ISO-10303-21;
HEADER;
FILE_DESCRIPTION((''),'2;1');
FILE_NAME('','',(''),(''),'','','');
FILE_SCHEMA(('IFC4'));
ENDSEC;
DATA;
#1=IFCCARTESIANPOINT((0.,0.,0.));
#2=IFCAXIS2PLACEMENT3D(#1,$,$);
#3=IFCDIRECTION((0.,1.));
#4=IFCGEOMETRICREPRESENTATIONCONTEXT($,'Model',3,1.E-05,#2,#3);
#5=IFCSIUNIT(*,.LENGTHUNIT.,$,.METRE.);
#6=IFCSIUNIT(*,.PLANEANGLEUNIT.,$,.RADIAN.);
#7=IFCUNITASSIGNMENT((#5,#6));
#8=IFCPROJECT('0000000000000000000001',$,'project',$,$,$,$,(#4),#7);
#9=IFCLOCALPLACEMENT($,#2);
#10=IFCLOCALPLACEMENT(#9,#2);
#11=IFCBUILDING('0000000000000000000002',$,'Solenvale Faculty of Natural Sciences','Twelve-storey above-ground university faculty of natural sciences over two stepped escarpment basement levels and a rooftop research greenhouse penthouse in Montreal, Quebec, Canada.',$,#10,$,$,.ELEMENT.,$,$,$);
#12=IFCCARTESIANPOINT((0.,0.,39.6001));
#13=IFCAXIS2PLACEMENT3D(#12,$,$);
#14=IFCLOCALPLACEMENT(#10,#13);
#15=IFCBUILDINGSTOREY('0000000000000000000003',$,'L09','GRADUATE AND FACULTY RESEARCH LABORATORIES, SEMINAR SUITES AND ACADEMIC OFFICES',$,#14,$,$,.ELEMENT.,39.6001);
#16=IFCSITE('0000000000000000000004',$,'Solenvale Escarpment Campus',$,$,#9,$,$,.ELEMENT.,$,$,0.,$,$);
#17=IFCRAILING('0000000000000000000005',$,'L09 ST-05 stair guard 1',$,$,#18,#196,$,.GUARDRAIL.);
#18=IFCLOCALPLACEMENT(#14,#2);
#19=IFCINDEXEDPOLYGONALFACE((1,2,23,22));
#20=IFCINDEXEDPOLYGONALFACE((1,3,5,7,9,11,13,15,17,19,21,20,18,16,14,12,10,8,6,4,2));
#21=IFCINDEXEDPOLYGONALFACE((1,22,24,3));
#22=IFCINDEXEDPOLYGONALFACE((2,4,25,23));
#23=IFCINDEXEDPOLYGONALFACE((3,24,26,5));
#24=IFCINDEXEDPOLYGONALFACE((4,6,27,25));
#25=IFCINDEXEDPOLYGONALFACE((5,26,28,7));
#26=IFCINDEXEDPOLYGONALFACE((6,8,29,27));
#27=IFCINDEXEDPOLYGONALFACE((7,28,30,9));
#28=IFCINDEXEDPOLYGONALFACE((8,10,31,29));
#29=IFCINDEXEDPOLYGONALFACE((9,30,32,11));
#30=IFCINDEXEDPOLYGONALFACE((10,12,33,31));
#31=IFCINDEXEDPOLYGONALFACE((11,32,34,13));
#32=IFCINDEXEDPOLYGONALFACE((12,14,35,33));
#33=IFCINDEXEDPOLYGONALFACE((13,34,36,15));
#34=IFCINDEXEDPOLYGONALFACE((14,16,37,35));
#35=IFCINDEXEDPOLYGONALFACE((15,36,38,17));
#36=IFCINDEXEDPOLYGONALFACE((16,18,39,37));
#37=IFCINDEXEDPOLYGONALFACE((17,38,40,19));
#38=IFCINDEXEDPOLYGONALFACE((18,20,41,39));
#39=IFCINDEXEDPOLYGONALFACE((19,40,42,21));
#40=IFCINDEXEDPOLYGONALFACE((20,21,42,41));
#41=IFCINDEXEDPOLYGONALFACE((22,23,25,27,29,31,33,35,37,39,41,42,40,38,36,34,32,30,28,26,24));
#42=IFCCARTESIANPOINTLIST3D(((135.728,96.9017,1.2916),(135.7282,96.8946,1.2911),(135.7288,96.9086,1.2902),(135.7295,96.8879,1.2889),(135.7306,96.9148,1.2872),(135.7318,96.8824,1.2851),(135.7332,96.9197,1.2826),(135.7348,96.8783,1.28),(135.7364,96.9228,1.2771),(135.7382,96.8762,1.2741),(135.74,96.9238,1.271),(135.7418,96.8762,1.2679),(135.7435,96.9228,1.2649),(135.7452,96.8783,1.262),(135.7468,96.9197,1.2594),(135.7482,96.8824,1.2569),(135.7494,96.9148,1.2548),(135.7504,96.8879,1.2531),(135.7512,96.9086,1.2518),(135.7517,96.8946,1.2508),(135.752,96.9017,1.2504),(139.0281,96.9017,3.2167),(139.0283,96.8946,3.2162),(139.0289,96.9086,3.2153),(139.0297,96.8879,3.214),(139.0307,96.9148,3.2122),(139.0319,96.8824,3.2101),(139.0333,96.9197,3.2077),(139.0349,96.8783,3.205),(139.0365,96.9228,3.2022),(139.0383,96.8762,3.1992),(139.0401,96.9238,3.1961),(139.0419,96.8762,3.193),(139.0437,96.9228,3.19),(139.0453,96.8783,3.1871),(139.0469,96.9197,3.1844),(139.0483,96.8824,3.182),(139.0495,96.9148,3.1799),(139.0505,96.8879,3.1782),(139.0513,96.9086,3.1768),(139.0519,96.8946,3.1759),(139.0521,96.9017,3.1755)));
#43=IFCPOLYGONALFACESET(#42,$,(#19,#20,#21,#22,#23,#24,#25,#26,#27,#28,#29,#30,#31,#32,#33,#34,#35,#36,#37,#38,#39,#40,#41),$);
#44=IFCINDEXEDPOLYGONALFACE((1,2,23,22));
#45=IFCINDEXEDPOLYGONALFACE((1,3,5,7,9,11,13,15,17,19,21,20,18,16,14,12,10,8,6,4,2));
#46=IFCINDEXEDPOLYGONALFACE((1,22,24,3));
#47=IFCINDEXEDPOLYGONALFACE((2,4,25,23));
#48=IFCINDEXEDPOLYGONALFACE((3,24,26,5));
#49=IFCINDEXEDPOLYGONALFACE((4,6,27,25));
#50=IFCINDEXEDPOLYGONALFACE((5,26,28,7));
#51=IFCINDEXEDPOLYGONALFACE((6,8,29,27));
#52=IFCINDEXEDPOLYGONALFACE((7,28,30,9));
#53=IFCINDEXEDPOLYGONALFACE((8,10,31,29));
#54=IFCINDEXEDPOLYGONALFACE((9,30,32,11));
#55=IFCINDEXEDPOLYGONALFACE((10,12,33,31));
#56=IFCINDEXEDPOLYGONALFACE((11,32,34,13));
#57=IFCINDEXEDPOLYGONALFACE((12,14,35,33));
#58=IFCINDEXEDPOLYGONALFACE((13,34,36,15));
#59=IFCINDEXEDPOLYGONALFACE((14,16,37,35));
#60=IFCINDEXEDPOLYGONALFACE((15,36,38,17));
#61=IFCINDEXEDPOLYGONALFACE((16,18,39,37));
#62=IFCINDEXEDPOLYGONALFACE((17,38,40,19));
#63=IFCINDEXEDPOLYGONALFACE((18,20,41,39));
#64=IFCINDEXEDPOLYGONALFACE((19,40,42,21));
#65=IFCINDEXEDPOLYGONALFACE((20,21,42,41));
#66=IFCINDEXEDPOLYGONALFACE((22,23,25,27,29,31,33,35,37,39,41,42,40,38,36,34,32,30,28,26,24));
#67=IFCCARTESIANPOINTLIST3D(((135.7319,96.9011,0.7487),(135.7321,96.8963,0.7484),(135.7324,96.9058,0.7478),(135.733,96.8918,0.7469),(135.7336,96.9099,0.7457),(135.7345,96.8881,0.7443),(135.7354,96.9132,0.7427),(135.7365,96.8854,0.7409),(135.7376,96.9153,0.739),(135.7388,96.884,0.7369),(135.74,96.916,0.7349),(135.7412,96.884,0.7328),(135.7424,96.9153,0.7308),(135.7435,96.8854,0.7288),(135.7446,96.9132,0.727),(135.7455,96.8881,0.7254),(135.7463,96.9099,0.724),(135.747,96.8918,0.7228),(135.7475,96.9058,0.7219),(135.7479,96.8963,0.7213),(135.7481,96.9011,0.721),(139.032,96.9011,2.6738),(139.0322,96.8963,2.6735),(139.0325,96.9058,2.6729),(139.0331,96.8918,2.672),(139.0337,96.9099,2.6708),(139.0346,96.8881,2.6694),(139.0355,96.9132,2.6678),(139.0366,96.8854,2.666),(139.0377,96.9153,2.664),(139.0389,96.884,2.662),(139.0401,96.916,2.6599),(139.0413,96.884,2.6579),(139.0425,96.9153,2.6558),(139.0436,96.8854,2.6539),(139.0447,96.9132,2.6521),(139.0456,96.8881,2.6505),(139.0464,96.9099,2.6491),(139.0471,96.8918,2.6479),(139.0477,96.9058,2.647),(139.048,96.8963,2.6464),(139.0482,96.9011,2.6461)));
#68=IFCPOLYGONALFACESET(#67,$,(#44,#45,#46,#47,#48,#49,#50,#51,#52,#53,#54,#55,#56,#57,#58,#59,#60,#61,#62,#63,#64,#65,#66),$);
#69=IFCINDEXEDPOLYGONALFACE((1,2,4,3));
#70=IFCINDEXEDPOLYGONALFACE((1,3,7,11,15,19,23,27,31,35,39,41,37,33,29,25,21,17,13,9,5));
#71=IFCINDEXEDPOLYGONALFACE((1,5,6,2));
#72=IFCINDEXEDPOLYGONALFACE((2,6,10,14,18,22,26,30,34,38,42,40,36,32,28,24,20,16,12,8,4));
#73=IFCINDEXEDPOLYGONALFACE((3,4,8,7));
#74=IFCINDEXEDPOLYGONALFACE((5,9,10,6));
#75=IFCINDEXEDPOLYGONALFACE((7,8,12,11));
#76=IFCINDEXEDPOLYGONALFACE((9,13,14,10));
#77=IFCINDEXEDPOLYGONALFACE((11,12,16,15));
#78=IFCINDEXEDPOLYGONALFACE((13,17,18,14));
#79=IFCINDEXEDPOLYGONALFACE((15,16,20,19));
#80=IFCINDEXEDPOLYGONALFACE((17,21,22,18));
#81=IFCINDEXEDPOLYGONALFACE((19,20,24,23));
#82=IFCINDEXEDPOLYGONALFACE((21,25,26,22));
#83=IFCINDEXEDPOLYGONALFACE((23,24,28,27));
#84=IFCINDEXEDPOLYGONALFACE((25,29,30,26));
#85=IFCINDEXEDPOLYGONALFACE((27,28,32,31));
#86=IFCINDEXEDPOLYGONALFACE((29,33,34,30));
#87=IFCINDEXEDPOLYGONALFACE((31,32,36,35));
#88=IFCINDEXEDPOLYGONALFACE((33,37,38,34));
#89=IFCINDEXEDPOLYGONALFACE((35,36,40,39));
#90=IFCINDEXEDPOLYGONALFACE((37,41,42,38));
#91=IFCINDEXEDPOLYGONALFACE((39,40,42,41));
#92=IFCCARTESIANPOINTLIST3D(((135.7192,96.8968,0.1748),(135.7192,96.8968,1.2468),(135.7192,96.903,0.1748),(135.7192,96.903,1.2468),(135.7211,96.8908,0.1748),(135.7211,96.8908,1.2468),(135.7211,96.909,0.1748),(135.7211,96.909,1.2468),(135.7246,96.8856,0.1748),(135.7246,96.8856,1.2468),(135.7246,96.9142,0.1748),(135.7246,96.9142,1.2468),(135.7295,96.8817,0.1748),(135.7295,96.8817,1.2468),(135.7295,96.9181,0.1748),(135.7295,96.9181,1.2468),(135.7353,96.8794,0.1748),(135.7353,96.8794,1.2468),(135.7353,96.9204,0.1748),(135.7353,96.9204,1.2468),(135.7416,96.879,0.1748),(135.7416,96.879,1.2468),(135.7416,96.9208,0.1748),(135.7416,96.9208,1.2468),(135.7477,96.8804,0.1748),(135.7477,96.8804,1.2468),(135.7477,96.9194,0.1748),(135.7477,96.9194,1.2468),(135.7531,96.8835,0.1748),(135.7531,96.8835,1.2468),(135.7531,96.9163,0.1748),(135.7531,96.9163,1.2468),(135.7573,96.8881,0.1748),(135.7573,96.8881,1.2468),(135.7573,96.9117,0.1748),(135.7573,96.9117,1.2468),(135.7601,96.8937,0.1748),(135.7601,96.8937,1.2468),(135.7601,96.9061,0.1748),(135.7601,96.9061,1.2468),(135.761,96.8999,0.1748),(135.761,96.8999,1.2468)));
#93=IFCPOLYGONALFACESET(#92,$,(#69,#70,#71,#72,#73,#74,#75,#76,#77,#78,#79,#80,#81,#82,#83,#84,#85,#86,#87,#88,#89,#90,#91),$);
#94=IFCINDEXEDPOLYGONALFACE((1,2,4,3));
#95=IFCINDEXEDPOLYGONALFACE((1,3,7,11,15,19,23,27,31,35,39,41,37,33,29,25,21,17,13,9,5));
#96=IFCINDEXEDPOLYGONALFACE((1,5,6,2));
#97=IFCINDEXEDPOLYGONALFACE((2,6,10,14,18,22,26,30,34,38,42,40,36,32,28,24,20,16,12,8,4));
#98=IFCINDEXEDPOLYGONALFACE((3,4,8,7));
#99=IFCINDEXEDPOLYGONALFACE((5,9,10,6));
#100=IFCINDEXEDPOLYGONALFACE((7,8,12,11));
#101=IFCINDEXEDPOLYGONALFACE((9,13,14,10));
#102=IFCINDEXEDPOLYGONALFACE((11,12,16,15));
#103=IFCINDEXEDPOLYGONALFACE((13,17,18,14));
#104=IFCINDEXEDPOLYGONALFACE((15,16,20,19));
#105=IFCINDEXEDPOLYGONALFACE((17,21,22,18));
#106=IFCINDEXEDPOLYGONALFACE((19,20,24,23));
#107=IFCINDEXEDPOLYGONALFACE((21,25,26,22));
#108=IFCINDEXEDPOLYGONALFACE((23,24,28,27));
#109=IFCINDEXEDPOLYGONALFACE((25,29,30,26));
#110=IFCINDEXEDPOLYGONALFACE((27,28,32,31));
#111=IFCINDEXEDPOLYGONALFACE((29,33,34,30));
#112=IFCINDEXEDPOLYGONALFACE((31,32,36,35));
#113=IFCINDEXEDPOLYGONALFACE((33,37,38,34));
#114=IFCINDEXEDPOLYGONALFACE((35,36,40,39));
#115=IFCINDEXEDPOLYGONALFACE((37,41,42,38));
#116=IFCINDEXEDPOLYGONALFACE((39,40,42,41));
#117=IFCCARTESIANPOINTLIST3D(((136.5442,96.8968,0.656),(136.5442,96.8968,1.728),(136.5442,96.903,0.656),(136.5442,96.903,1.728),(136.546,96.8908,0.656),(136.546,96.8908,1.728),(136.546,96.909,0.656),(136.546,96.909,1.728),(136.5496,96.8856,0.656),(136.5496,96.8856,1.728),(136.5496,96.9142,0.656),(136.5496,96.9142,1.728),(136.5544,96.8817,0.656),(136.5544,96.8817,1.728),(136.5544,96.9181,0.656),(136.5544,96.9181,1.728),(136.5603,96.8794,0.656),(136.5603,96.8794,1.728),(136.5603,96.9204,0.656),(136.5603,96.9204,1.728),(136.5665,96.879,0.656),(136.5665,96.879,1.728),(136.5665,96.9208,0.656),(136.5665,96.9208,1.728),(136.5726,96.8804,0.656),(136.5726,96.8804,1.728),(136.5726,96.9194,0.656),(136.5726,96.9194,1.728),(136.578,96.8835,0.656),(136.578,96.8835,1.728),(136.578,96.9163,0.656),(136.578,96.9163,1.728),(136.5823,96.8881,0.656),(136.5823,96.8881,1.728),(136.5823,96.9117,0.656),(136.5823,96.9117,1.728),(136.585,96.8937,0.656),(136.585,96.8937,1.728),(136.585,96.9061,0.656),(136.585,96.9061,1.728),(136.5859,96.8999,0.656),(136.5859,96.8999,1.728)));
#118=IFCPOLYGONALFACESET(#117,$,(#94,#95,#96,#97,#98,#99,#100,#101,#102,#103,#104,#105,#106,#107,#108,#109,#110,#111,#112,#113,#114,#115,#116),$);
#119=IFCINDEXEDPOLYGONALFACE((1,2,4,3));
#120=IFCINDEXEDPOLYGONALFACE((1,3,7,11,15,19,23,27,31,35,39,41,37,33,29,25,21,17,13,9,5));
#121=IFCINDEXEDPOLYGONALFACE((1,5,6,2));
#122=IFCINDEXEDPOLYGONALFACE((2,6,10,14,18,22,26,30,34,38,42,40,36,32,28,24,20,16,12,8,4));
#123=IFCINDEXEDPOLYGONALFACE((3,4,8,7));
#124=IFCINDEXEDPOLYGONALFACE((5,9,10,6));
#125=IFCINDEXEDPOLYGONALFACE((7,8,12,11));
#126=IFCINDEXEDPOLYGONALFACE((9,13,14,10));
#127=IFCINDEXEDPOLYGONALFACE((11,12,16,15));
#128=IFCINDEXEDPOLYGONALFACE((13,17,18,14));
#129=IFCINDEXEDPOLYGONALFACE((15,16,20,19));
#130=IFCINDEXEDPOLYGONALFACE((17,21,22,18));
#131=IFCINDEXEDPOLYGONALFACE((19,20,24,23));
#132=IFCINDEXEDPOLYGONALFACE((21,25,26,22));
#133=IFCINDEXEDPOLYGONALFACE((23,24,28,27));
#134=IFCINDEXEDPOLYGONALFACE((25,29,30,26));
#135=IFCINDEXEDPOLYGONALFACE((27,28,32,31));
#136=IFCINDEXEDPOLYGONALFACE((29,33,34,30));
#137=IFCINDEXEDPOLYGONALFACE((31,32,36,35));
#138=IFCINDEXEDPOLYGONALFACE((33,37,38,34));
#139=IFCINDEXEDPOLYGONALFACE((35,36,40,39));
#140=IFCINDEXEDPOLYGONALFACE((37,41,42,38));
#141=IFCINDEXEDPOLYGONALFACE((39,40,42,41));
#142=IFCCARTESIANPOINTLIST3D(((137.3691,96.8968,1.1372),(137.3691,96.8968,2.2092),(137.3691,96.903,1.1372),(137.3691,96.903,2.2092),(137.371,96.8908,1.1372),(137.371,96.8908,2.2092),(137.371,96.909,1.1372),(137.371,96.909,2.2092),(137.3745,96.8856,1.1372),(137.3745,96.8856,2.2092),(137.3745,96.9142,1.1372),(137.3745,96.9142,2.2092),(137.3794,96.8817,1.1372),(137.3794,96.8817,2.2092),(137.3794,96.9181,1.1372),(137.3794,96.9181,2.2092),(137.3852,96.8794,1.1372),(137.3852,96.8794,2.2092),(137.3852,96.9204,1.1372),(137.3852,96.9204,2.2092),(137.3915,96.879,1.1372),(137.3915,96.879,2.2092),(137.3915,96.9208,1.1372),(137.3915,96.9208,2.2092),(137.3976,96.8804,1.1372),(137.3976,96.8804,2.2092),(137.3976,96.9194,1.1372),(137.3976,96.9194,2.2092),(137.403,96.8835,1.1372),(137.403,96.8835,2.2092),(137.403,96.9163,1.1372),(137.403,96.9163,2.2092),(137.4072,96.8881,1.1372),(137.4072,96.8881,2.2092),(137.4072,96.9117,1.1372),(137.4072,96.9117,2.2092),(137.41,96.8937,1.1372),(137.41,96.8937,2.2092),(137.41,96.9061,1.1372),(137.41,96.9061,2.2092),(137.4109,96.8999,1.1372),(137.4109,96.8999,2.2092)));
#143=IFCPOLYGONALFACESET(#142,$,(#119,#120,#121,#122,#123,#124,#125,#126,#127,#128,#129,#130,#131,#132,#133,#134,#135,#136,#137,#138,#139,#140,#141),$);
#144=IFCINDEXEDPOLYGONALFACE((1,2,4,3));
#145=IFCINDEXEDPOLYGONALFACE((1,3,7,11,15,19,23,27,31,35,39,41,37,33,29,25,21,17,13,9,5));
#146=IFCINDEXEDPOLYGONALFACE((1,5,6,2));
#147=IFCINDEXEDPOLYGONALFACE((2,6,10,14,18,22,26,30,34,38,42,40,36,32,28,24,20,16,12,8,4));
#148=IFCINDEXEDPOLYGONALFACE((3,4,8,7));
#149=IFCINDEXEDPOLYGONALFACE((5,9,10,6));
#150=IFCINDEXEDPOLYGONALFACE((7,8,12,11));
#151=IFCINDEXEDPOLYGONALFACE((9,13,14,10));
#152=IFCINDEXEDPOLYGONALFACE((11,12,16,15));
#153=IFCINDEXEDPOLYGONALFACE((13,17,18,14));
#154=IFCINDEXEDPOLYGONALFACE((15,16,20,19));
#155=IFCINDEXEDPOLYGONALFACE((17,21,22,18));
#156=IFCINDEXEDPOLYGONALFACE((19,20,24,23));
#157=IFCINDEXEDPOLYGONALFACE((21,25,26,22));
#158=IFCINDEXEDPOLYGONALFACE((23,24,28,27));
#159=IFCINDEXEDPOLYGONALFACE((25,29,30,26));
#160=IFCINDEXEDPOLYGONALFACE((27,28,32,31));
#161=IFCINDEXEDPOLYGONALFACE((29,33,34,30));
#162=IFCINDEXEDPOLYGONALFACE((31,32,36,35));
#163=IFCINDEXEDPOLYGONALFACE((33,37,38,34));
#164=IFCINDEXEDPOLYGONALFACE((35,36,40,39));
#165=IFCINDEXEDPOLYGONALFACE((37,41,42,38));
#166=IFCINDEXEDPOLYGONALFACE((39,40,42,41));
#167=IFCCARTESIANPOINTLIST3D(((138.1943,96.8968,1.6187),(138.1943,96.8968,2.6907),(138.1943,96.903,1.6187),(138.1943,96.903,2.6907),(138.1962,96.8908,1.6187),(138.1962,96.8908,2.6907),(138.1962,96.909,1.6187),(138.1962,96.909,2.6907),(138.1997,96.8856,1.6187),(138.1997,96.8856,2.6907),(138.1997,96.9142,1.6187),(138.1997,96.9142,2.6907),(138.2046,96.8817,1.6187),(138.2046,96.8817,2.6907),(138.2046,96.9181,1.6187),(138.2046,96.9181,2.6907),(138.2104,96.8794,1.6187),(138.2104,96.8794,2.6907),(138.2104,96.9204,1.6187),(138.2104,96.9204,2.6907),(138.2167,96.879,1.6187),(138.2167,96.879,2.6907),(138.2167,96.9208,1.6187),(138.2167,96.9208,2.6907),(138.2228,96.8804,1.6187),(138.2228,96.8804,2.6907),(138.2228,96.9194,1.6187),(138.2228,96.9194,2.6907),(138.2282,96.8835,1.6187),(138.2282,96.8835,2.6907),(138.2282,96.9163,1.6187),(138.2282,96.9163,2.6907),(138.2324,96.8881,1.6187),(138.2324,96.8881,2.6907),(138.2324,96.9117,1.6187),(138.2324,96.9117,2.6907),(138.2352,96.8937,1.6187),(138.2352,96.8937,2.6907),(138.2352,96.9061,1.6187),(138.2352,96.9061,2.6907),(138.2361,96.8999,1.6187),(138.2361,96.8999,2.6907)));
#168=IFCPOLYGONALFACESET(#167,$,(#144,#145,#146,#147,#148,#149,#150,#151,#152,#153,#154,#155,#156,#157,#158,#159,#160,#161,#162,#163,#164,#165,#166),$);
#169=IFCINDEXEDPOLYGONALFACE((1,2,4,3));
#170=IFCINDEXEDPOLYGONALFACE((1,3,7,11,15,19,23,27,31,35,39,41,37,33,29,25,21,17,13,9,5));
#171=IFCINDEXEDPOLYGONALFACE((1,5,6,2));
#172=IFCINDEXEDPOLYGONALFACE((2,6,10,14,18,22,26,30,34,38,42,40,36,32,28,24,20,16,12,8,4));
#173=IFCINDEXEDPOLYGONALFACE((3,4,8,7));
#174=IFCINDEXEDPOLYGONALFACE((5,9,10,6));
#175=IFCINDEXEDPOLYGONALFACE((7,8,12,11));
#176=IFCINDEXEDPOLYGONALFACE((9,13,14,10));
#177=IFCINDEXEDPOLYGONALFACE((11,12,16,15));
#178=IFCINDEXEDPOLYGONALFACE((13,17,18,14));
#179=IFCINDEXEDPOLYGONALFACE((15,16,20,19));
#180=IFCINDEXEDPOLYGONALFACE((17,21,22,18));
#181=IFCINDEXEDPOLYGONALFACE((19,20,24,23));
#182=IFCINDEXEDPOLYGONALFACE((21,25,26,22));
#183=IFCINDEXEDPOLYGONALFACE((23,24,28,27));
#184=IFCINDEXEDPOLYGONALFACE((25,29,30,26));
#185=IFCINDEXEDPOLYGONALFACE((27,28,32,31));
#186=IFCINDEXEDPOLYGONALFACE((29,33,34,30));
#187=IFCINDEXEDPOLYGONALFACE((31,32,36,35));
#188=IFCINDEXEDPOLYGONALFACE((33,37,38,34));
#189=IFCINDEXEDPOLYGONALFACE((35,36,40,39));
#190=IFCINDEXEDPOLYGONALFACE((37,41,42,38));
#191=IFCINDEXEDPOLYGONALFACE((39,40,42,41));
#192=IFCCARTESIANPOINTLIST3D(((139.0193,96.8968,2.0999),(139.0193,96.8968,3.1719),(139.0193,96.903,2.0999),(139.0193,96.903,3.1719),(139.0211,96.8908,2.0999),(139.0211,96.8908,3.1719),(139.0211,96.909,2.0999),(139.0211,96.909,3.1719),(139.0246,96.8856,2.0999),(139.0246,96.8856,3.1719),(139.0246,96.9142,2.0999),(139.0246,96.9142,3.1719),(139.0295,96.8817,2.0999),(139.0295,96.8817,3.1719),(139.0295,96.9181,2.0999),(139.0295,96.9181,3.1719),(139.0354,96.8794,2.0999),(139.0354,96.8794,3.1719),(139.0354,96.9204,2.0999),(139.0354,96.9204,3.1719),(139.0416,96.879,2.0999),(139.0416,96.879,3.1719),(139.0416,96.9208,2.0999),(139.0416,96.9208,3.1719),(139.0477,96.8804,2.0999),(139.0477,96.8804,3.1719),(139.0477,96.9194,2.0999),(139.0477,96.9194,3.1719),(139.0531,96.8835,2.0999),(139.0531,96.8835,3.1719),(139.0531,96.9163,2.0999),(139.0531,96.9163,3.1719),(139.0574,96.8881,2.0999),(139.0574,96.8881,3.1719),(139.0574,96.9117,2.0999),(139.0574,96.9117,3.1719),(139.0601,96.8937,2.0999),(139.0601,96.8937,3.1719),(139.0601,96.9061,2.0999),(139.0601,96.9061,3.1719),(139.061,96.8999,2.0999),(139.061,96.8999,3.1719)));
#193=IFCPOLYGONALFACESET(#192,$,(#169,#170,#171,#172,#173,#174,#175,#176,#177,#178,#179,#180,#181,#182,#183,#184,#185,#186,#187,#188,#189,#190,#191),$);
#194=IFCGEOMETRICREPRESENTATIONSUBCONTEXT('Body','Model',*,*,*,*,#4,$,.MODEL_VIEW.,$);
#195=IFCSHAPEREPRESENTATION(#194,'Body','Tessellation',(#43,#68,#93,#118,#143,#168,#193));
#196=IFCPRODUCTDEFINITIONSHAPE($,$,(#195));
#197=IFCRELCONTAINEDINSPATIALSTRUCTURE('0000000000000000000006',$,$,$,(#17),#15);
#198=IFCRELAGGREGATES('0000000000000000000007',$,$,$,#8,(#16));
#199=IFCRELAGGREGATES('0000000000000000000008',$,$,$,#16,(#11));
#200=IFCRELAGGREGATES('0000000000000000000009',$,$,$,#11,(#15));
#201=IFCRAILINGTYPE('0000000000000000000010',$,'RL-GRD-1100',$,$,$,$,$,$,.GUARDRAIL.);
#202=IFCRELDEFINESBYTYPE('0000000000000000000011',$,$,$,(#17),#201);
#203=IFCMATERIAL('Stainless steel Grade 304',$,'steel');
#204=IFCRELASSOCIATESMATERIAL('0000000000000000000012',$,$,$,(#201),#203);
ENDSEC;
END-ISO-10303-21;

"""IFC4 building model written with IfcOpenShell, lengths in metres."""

from ifc_helpers import new_model, si_unit, direction, frame, origin, origin_2d, place, context, subcontext, project, spatial, circle, extrude, material, type_object, element, save


model = new_model("IFC4")

# Units and contexts
model_context = context("Model", 3, precision=1e-05, world=origin(), true_north=direction((0.0, 1.0)))
body_context = subcontext(model_context, "Body", "Model", "MODEL_VIEW")
ifc_project = project(units=[si_unit("LENGTHUNIT", "METRE"), si_unit("PLANEANGLEUNIT", "RADIAN")], contexts=[model_context])

# Site, building, storey
site_placement = place(None, origin())
site = spatial("IfcSite", under=ifc_project, at=site_placement, Name="Solenvale Escarpment Campus", CompositionType="ELEMENT", RefElevation=0.0)
building_placement = place(site_placement, origin())
building = spatial("IfcBuilding", under=site, at=building_placement, Name="Solenvale Faculty of Natural Sciences", Description="Twelve-storey above-ground university faculty of natural sciences over two stepped escarpment basement levels and a rooftop research greenhouse penthouse in Montreal, Quebec, Canada.", CompositionType="ELEMENT")
storey_placement = place(building_placement, frame((0.0, 0.0, 39.6001)))
storey = spatial("IfcBuildingStorey", under=building, at=storey_placement, Name="L09", Description="GRADUATE AND FACULTY RESEARCH LABORATORIES, SEMINAR SUITES AND ACADEMIC OFFICES", CompositionType="ELEMENT", Elevation=39.6001)

# Railing
ifc_material_1 = material(Name="Stainless steel Grade 304", Category="steel")
railing_type_1 = type_object("IfcRailingType", Name="RL-GRD-1100", PredefinedType="GUARDRAIL", material=ifc_material_1)
railing_1_placement = place(storey_placement, frame((135.74, 96.8999, 0.1748)))
element("IfcRailing", 1, at=railing_1_placement, inside=storey, type_object=railing_type_1, Name="L09 ST-05 stair guard 1", PredefinedType="GUARDRAIL", context=body_context, shape_type="SweptSolid", body=[
    extrude(circle(Radius=0.0239, at=origin_2d()), frame((0.0, 0.0, 1.0962), z_axis=(0.863777, 0.0, 0.503875), x_axis=(0.0, 1.0, 0.0)), (0.0, 0.0, 1.0), 3.8206),
    extrude(circle(Radius=0.0161, at=origin_2d()), frame((0.0, 0.0, 0.5601), z_axis=(0.863777, 0.0, 0.503875), x_axis=(0.0, 1.0, 0.0)), (0.0, 0.0, 1.0), 3.8206),
    extrude(circle(Radius=0.021, at=origin_2d()), origin(), (0.0, 0.0, 1.0), 1.072),
    extrude(circle(Radius=0.021, at=origin_2d()), frame((0.825, 0.0, 0.4812)), (0.0, 0.0, 1.0), 1.072),
    extrude(circle(Radius=0.021, at=origin_2d()), frame((1.6499, 0.0, 0.9624)), (0.0, 0.0, 1.0), 1.072),
    extrude(circle(Radius=0.021, at=origin_2d()), frame((2.4751, 0.0, 1.4438)), (0.0, 0.0, 1.0), 1.072),
    extrude(circle(Radius=0.021, at=origin_2d()), frame((3.3, 0.0, 1.925)), (0.0, 0.0, 1.0), 1.072),
])

save(model, "model.ifc")
